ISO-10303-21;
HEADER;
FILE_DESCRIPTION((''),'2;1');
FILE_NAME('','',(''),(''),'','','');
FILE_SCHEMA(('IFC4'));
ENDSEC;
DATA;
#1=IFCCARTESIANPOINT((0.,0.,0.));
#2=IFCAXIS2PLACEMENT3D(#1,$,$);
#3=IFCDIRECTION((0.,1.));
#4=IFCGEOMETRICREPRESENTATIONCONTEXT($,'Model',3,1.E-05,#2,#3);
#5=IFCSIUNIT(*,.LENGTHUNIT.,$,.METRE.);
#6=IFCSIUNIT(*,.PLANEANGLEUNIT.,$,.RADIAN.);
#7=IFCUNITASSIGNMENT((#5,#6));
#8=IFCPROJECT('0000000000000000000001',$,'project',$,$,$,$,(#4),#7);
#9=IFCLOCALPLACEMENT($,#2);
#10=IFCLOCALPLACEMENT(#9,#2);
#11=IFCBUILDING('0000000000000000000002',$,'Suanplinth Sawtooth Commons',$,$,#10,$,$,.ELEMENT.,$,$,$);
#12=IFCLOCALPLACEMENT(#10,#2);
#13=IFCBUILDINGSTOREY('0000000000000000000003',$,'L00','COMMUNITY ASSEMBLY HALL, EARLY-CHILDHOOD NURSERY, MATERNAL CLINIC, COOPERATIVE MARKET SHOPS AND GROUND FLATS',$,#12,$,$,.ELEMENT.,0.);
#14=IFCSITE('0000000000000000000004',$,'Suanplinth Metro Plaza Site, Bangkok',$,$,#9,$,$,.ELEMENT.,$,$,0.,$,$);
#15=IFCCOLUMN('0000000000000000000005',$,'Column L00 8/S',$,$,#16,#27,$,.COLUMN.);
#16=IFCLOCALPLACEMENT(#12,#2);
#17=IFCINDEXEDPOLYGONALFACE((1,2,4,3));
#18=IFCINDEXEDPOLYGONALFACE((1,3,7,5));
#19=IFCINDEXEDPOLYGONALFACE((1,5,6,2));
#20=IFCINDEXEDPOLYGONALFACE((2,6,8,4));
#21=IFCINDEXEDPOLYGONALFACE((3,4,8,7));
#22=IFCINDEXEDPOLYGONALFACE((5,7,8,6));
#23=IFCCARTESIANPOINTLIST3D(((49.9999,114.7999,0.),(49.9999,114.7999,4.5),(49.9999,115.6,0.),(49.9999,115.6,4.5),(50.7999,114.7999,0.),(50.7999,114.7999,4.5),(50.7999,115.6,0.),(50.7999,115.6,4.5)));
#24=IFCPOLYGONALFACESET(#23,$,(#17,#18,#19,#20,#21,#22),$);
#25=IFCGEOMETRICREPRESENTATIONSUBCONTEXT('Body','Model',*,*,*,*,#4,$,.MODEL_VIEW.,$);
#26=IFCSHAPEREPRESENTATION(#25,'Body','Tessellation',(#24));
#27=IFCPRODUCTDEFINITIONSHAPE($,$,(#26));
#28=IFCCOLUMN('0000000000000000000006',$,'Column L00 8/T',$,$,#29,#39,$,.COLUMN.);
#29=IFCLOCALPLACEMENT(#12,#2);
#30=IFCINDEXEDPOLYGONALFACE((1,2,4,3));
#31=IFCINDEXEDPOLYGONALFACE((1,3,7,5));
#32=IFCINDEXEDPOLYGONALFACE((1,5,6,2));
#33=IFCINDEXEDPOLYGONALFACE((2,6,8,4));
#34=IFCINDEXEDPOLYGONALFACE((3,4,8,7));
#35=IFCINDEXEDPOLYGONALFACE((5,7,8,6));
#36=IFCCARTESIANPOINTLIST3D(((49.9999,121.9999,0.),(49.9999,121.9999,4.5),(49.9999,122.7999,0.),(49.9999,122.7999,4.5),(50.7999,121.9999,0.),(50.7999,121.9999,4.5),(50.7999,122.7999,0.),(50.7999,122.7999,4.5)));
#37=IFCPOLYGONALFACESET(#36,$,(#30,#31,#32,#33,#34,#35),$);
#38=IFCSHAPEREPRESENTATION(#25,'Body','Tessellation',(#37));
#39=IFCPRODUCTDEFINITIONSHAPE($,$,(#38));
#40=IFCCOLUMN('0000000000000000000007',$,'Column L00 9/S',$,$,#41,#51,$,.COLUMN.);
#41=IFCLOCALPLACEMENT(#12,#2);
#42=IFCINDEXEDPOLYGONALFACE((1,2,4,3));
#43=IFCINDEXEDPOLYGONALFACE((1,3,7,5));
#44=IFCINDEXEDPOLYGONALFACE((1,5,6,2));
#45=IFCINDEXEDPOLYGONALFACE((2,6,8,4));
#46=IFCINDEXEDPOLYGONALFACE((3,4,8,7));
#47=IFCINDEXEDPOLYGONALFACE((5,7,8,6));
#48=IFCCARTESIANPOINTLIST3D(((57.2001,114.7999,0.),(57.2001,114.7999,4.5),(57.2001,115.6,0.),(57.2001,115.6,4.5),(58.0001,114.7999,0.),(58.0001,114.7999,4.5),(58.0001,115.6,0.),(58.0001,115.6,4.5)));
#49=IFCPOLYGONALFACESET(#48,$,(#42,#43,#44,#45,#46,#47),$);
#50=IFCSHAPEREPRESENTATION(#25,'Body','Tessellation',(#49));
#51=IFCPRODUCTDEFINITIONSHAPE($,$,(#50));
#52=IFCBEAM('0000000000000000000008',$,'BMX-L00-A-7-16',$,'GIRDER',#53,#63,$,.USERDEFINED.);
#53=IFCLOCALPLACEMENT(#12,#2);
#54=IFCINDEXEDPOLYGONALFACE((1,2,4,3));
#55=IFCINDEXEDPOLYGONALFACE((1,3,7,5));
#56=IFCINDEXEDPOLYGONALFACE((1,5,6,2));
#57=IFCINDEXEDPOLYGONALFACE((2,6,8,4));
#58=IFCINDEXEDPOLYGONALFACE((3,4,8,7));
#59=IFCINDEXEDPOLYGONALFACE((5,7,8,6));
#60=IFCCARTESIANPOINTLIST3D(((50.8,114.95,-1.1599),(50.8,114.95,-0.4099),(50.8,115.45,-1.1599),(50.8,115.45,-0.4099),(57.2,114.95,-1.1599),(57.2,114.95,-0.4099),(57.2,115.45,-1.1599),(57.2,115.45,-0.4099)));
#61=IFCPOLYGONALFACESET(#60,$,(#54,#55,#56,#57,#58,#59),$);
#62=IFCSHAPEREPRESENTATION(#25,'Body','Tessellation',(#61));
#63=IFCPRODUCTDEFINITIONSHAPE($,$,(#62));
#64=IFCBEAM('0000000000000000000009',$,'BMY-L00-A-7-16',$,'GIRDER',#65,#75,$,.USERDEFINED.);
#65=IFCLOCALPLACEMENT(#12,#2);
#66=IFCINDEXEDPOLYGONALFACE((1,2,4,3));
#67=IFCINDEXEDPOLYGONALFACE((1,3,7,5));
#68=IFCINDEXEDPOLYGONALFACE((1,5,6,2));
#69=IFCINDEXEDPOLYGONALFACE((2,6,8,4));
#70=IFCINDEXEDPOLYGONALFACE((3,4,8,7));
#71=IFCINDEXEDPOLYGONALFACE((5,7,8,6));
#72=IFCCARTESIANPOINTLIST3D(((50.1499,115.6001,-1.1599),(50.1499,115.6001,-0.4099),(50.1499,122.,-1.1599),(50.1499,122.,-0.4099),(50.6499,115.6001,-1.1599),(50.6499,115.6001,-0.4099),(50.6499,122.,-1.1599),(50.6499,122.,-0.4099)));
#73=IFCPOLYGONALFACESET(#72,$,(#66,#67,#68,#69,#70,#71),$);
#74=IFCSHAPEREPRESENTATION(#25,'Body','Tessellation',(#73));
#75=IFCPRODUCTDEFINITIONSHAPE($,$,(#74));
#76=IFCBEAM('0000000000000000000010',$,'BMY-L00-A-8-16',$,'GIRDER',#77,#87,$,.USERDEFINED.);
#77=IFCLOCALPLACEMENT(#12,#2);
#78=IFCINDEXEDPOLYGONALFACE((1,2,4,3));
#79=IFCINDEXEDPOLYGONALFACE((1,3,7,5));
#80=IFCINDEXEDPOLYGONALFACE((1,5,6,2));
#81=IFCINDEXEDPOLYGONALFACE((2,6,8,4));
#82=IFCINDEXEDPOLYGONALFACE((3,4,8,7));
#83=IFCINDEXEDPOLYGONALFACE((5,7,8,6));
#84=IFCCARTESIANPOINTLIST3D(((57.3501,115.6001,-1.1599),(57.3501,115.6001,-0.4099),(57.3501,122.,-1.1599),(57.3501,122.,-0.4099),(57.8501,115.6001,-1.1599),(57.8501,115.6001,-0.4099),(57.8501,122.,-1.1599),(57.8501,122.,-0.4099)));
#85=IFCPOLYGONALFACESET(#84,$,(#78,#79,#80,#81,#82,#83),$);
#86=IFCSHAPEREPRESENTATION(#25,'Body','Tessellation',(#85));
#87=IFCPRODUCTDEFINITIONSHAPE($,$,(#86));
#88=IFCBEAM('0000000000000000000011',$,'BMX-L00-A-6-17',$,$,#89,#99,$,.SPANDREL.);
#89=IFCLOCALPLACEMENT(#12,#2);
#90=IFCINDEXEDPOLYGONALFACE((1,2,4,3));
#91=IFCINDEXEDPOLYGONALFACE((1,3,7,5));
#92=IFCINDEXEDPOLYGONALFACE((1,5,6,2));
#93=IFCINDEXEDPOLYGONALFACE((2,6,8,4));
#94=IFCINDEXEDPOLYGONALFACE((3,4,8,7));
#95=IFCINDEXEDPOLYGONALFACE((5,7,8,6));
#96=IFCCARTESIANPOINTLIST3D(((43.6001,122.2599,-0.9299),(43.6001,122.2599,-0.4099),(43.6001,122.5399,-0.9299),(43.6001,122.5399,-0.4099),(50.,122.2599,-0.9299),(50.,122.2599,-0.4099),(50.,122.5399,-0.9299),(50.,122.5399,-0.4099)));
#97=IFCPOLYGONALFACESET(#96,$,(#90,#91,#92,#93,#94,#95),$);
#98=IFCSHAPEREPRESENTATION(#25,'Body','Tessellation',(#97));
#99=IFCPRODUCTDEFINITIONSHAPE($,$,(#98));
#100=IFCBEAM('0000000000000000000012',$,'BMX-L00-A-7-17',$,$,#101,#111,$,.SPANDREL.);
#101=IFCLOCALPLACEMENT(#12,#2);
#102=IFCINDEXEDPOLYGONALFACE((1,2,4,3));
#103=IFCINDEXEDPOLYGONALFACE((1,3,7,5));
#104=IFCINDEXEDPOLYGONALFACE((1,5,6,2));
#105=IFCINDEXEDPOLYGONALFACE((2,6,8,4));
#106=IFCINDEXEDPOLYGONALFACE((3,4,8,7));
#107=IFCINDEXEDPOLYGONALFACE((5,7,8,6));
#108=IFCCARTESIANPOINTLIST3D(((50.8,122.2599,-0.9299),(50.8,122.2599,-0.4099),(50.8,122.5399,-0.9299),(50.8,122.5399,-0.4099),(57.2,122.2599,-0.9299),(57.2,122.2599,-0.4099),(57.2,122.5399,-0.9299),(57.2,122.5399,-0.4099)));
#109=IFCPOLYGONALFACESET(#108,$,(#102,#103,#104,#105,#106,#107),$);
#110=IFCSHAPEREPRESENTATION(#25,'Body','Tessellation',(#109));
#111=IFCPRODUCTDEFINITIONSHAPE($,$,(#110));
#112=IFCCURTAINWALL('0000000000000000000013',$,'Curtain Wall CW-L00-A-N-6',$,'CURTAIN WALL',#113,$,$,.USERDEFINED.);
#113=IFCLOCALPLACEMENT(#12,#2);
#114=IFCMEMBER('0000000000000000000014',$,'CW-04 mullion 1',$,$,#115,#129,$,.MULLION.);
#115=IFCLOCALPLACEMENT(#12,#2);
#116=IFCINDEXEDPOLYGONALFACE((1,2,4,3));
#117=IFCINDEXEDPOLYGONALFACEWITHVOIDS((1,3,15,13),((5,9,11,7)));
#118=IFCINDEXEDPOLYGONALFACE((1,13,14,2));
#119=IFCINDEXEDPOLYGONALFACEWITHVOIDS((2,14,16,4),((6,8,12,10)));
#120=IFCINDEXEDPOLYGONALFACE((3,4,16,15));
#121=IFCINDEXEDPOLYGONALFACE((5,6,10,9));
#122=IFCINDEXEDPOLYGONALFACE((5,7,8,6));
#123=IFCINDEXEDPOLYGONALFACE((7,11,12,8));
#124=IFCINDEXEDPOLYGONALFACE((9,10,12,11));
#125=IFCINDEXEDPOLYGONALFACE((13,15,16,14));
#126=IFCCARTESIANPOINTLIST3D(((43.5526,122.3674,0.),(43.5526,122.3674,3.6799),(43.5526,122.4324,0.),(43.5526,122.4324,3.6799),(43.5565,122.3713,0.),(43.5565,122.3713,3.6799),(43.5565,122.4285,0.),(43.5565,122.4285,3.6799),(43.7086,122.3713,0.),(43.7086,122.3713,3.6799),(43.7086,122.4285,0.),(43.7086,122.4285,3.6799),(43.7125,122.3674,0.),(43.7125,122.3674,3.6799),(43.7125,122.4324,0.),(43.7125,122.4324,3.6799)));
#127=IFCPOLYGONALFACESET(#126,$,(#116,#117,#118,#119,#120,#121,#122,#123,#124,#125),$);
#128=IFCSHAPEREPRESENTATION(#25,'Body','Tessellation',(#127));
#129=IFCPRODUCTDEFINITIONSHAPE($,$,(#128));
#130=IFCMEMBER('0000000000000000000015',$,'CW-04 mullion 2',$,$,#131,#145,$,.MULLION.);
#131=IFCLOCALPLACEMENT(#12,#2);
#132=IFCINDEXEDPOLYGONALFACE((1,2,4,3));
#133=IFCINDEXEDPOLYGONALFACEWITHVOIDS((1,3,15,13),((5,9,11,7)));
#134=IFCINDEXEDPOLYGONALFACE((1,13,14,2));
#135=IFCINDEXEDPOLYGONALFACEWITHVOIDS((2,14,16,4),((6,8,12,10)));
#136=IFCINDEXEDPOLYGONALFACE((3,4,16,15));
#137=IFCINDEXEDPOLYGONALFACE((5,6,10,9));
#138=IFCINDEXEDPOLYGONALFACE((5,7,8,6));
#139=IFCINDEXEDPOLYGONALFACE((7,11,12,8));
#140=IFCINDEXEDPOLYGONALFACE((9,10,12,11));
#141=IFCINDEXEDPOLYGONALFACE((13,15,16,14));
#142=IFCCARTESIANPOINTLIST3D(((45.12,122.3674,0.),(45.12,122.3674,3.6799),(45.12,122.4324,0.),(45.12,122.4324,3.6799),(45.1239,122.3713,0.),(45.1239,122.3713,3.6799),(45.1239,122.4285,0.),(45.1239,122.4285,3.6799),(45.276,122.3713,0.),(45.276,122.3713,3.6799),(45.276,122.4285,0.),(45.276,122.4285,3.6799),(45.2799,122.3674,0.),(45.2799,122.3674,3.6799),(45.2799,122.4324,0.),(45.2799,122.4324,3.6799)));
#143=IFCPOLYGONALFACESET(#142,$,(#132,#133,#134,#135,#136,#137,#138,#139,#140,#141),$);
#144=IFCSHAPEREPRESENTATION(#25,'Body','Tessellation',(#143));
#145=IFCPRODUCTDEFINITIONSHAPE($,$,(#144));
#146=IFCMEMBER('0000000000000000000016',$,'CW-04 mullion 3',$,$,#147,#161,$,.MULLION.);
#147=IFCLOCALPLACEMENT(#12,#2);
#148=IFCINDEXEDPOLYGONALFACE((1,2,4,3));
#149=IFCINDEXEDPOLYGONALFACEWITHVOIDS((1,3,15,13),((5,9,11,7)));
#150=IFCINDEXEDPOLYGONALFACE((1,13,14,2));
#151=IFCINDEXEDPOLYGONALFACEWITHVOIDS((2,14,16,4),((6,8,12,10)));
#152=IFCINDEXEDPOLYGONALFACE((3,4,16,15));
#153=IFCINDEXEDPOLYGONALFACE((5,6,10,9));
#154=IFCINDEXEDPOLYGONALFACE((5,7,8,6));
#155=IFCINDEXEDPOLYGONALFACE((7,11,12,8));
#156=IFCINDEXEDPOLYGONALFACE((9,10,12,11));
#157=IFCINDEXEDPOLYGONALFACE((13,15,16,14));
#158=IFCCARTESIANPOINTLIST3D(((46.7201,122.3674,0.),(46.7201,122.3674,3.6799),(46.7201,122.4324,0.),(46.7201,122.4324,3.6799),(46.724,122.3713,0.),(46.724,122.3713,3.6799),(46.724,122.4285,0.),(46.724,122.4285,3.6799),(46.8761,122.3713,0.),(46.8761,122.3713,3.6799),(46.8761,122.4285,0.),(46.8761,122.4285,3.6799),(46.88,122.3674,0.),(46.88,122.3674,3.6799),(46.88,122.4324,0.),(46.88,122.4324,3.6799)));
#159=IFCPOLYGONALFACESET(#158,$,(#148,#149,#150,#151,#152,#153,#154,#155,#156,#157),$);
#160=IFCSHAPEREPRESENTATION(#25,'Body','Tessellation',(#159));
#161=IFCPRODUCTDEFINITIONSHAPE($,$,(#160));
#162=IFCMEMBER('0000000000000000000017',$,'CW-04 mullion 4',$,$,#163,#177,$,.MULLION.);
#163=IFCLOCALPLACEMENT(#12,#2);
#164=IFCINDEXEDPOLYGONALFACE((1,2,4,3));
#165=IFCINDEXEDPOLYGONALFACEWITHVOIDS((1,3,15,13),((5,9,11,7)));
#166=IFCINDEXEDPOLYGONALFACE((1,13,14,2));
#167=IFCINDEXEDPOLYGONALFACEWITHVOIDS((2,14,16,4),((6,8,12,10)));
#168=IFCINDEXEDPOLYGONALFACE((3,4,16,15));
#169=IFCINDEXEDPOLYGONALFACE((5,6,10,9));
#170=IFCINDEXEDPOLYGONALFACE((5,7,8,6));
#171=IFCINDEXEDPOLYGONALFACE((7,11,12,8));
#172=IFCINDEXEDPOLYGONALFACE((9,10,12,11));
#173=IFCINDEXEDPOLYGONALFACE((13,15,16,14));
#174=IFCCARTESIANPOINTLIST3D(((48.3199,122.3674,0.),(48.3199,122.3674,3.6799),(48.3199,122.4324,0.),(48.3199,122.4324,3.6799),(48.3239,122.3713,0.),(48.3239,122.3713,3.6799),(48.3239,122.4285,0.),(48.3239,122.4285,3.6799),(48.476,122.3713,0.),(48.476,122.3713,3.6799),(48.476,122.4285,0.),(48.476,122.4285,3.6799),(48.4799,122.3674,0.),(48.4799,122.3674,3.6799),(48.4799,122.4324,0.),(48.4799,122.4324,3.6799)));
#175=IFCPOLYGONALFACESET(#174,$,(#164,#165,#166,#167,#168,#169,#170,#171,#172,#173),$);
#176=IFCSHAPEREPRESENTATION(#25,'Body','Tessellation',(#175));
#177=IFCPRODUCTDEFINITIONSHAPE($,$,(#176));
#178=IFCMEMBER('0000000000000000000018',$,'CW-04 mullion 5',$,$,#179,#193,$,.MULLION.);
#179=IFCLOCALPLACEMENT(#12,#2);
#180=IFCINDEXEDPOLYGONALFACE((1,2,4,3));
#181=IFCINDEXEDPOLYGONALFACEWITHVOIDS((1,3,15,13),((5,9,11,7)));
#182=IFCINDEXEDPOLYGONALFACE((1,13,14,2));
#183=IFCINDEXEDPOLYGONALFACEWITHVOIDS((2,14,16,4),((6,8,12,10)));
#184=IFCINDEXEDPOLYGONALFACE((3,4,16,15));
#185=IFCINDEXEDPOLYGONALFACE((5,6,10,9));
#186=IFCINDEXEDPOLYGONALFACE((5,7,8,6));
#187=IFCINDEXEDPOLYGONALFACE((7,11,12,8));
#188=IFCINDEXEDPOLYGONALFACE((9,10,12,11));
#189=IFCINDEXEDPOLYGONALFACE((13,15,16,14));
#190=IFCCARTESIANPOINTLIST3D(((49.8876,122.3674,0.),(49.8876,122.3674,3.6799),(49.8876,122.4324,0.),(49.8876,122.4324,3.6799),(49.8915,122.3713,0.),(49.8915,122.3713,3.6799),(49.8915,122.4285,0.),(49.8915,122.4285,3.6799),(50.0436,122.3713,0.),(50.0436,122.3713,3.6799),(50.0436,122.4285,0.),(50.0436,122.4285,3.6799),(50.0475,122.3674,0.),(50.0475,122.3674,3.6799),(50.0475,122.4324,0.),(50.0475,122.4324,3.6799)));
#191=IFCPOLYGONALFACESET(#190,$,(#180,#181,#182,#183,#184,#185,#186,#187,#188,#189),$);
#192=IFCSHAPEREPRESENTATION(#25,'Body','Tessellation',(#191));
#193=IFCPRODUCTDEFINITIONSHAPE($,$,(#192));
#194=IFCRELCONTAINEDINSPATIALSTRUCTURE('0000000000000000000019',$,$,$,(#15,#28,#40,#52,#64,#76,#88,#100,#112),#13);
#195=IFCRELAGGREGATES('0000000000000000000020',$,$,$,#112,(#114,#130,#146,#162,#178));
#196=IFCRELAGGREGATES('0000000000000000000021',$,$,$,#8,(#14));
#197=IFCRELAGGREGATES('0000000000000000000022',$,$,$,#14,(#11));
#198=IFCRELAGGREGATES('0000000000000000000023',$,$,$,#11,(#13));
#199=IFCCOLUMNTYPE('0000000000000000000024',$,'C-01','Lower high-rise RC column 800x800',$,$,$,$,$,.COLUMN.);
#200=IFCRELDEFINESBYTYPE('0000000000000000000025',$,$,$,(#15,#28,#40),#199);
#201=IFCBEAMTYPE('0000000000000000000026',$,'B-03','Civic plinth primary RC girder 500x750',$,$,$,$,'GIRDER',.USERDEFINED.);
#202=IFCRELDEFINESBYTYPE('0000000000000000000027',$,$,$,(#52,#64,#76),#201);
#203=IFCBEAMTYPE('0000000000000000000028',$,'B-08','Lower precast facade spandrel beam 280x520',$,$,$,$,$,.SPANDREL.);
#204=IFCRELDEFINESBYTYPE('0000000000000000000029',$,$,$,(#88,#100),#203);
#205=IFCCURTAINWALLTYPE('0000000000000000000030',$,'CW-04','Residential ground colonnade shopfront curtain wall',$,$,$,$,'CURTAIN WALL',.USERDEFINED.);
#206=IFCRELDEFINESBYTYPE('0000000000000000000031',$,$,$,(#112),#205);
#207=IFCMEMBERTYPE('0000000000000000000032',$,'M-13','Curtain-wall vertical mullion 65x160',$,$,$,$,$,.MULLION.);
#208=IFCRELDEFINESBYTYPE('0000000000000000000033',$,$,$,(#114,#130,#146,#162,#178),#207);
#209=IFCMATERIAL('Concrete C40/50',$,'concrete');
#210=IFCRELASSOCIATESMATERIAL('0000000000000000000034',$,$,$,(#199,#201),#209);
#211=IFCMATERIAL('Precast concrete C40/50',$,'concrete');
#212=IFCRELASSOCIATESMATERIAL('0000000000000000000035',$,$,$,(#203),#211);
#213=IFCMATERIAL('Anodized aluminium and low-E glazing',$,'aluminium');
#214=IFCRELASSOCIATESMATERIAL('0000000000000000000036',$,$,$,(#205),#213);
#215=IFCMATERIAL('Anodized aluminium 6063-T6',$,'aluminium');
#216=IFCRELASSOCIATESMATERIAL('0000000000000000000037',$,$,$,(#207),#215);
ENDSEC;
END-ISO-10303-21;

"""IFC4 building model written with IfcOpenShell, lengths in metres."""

from ifc_helpers import new_model, si_unit, direction, frame, origin, origin_2d, place, context, subcontext, project, spatial, rectangle, hollow_rectangle, extrude, material, material_profile, profile_set, type_object, element, aggregate, save


model = new_model("IFC4")

# Units and contexts
model_context = context("Model", 3, precision=1e-05, world=origin(), true_north=direction((0.0, 1.0)))
body_context = subcontext(model_context, "Body", "Model", "MODEL_VIEW")
ifc_project = project(units=[si_unit("LENGTHUNIT", "METRE"), si_unit("PLANEANGLEUNIT", "RADIAN")], contexts=[model_context])

# Site, building, storey
site_placement = place(None, origin())
site = spatial("IfcSite", under=ifc_project, at=site_placement, Name="Suanplinth Metro Plaza Site, Bangkok", CompositionType="ELEMENT", RefElevation=0.0)
building_placement = place(site_placement, origin())
building = spatial("IfcBuilding", under=site, at=building_placement, Name="Suanplinth Sawtooth Commons", CompositionType="ELEMENT")
storey_placement = place(building_placement, origin())
storey = spatial("IfcBuildingStorey", under=building, at=storey_placement, Name="L00", Description="COMMUNITY ASSEMBLY HALL, EARLY-CHILDHOOD NURSERY, MATERNAL CLINIC, COOPERATIVE MARKET SHOPS AND GROUND FLATS", CompositionType="ELEMENT", Elevation=0.0)

# Columns
ifc_material_1 = material(Name="Concrete C40/50", Category="concrete")
ifc_material_profile_1 = material_profile(ifc_material_1, rectangle(XDim=0.8, YDim=0.8, at=origin_2d()), Name="RC-COL 800x800")
ifc_profile_set_1 = profile_set([ifc_material_profile_1], Name="Concrete C40/50")
column_type = type_object("IfcColumnType", Name="C-01", Description="Lower high-rise RC column 800x800", PredefinedType="COLUMN", material=ifc_profile_set_1)
for number, where, z_axis, x_axis, name in (
    (1, (50.3999, 115.2, 0.0), (0.0, 0.0, 1.0), (1.0, 0.0, 0.0), "Column L00 8/S"),
    (2, (50.3999, 122.3999, 0.0), (0.0, 0.0, 1.0), (1.0, 0.0, 0.0), "Column L00 8/T"),
    (3, (57.6001, 115.2, 0.0), (0.0, 0.0, 1.0), (1.0, 0.0, 0.0), "Column L00 9/S"),
):
    element("IfcColumn", number, at=place(storey_placement, frame(where, z_axis=z_axis, x_axis=x_axis)), inside=storey, type_object=column_type, Name=name, PredefinedType="COLUMN", context=body_context, shape_type="SweptSolid", body=[
        extrude(rectangle(XDim=0.8, YDim=0.8, at=origin_2d()), origin(), (0.0, 0.0, 1.0), 4.5),
    ])

# Beams
ifc_material_profile_2 = material_profile(ifc_material_1, rectangle(XDim=0.5, YDim=0.75, at=origin_2d()), Name="RC-GDR 500x750")
ifc_profile_set_2 = profile_set([ifc_material_profile_2], Name="Concrete C40/50")
beam_type_1 = type_object("IfcBeamType", Name="B-03", Description="Civic plinth primary RC girder 500x750", ElementType="GIRDER", PredefinedType="USERDEFINED", material=ifc_profile_set_2)
for number, where, z_axis, x_axis, name in (
    (4, (50.8, 115.2, -0.7849), (1.0, 0.0, 0.0), (0.0, 1.0, 0.0), "BMX-L00-A-7-16"),
    (5, (50.3999, 115.6001, -0.7849), (0.0, 1.0, 0.0), (-1.0, 0.0, 0.0), "BMY-L00-A-7-16"),
    (6, (57.6001, 115.6001, -0.7849), (0.0, 1.0, 0.0), (-1.0, 0.0, 0.0), "BMY-L00-A-8-16"),
):
    element("IfcBeam", number, at=place(storey_placement, frame(where, z_axis=z_axis, x_axis=x_axis)), inside=storey, type_object=beam_type_1, Name=name, ObjectType="GIRDER", PredefinedType="USERDEFINED", context=body_context, shape_type="SweptSolid", body=[
        extrude(rectangle(XDim=0.5, YDim=0.75, at=origin_2d()), origin(), (0.0, 0.0, 1.0), 6.3999),
    ])
ifc_material_2 = material(Name="Precast concrete C40/50", Category="concrete")
ifc_material_profile_3 = material_profile(ifc_material_2, rectangle(XDim=0.28, YDim=0.52, at=origin_2d()), Name="PC-SP 280x520")
ifc_profile_set_3 = profile_set([ifc_material_profile_3], Name="Precast concrete C40/50")
beam_type_2 = type_object("IfcBeamType", Name="B-08", Description="Lower precast facade spandrel beam 280x520", PredefinedType="SPANDREL", material=ifc_profile_set_3)
for number, where, z_axis, x_axis, name in (
    (7, (43.6001, 122.3999, -0.6699), (1.0, 0.0, 0.0), (0.0, 1.0, 0.0), "BMX-L00-A-6-17"),
    (8, (50.8, 122.3999, -0.6699), (1.0, 0.0, 0.0), (0.0, 1.0, 0.0), "BMX-L00-A-7-17"),
):
    element("IfcBeam", number, at=place(storey_placement, frame(where, z_axis=z_axis, x_axis=x_axis)), inside=storey, type_object=beam_type_2, Name=name, PredefinedType="SPANDREL", context=body_context, shape_type="SweptSolid", body=[
        extrude(rectangle(XDim=0.28, YDim=0.52, at=origin_2d()), origin(), (0.0, 0.0, 1.0), 6.3999),
    ])

# Curtain wall, members
ifc_material_3 = material(Name="Anodized aluminium and low-E glazing", Category="aluminium")
curtain_wall_type = type_object("IfcCurtainWallType", Name="CW-04", Description="Residential ground colonnade shopfront curtain wall", ElementType="CURTAIN WALL", PredefinedType="USERDEFINED", material=ifc_material_3)
curtain_wall_placement = place(storey_placement, origin())
curtain_wall = element("IfcCurtainWall", 9, at=curtain_wall_placement, inside=storey, type_object=curtain_wall_type, Name="Curtain Wall CW-L00-A-N-6", ObjectType="CURTAIN WALL", PredefinedType="USERDEFINED")
ifc_material_4 = material(Name="Anodized aluminium 6063-T6", Category="aluminium")
ifc_material_profile_4 = material_profile(ifc_material_4, hollow_rectangle(XDim=0.0649, YDim=0.1599, WallThickness=0.0039, at=origin_2d()), Name="ALU-MUL 65x160")
ifc_profile_set_4 = profile_set([ifc_material_profile_4], Name="Anodized aluminium 6063-T6")
member_type_1 = type_object("IfcMemberType", Name="M-13", Description="Curtain-wall vertical mullion 65x160", PredefinedType="MULLION", material=ifc_profile_set_4)
member_1_placement = place(storey_placement, frame((43.6326, 122.3999, 0.0), z_axis=(0.0, 0.0, 1.0), x_axis=(0.0, 1.0, 0.0)))
member_1 = element("IfcMember", 10, at=member_1_placement, type_object=member_type_1, Name="CW-04 mullion 1", PredefinedType="MULLION", context=body_context, shape_type="SweptSolid", body=[
    extrude(hollow_rectangle(XDim=0.0649, YDim=0.1599, WallThickness=0.0039, at=origin_2d()), origin(), (0.0, 0.0, 1.0), 3.6799),
])
member_2_placement = place(storey_placement, frame((45.2, 122.3999, 0.0), z_axis=(0.0, 0.0, 1.0), x_axis=(0.0, 1.0, 0.0)))
member_2 = element("IfcMember", 11, at=member_2_placement, type_object=member_type_1, Name="CW-04 mullion 2", PredefinedType="MULLION", context=body_context, shape_type="SweptSolid", body=[
    extrude(hollow_rectangle(XDim=0.0649, YDim=0.1599, WallThickness=0.0039, at=origin_2d()), origin(), (0.0, 0.0, 1.0), 3.6799),
])
member_3_placement = place(storey_placement, frame((46.8, 122.3999, 0.0), z_axis=(0.0, 0.0, 1.0), x_axis=(0.0, 1.0, 0.0)))
member_3 = element("IfcMember", 12, at=member_3_placement, type_object=member_type_1, Name="CW-04 mullion 3", PredefinedType="MULLION", context=body_context, shape_type="SweptSolid", body=[
    extrude(hollow_rectangle(XDim=0.0649, YDim=0.1599, WallThickness=0.0039, at=origin_2d()), origin(), (0.0, 0.0, 1.0), 3.6799),
])
member_4_placement = place(storey_placement, frame((48.3999, 122.3999, 0.0), z_axis=(0.0, 0.0, 1.0), x_axis=(0.0, 1.0, 0.0)))
member_4 = element("IfcMember", 13, at=member_4_placement, type_object=member_type_1, Name="CW-04 mullion 4", PredefinedType="MULLION", context=body_context, shape_type="SweptSolid", body=[
    extrude(hollow_rectangle(XDim=0.0649, YDim=0.1599, WallThickness=0.0039, at=origin_2d()), origin(), (0.0, 0.0, 1.0), 3.6799),
])
member_5_placement = place(storey_placement, frame((49.9675, 122.3999, 0.0), z_axis=(0.0, 0.0, 1.0), x_axis=(0.0, 1.0, 0.0)))
member_5 = element("IfcMember", 14, at=member_5_placement, type_object=member_type_1, Name="CW-04 mullion 5", PredefinedType="MULLION", context=body_context, shape_type="SweptSolid", body=[
    extrude(hollow_rectangle(XDim=0.0649, YDim=0.1599, WallThickness=0.0039, at=origin_2d()), origin(), (0.0, 0.0, 1.0), 3.6799),
])
aggregate(curtain_wall, [member_1, member_2, member_3, member_4, member_5])

save(model, "model.ifc")
